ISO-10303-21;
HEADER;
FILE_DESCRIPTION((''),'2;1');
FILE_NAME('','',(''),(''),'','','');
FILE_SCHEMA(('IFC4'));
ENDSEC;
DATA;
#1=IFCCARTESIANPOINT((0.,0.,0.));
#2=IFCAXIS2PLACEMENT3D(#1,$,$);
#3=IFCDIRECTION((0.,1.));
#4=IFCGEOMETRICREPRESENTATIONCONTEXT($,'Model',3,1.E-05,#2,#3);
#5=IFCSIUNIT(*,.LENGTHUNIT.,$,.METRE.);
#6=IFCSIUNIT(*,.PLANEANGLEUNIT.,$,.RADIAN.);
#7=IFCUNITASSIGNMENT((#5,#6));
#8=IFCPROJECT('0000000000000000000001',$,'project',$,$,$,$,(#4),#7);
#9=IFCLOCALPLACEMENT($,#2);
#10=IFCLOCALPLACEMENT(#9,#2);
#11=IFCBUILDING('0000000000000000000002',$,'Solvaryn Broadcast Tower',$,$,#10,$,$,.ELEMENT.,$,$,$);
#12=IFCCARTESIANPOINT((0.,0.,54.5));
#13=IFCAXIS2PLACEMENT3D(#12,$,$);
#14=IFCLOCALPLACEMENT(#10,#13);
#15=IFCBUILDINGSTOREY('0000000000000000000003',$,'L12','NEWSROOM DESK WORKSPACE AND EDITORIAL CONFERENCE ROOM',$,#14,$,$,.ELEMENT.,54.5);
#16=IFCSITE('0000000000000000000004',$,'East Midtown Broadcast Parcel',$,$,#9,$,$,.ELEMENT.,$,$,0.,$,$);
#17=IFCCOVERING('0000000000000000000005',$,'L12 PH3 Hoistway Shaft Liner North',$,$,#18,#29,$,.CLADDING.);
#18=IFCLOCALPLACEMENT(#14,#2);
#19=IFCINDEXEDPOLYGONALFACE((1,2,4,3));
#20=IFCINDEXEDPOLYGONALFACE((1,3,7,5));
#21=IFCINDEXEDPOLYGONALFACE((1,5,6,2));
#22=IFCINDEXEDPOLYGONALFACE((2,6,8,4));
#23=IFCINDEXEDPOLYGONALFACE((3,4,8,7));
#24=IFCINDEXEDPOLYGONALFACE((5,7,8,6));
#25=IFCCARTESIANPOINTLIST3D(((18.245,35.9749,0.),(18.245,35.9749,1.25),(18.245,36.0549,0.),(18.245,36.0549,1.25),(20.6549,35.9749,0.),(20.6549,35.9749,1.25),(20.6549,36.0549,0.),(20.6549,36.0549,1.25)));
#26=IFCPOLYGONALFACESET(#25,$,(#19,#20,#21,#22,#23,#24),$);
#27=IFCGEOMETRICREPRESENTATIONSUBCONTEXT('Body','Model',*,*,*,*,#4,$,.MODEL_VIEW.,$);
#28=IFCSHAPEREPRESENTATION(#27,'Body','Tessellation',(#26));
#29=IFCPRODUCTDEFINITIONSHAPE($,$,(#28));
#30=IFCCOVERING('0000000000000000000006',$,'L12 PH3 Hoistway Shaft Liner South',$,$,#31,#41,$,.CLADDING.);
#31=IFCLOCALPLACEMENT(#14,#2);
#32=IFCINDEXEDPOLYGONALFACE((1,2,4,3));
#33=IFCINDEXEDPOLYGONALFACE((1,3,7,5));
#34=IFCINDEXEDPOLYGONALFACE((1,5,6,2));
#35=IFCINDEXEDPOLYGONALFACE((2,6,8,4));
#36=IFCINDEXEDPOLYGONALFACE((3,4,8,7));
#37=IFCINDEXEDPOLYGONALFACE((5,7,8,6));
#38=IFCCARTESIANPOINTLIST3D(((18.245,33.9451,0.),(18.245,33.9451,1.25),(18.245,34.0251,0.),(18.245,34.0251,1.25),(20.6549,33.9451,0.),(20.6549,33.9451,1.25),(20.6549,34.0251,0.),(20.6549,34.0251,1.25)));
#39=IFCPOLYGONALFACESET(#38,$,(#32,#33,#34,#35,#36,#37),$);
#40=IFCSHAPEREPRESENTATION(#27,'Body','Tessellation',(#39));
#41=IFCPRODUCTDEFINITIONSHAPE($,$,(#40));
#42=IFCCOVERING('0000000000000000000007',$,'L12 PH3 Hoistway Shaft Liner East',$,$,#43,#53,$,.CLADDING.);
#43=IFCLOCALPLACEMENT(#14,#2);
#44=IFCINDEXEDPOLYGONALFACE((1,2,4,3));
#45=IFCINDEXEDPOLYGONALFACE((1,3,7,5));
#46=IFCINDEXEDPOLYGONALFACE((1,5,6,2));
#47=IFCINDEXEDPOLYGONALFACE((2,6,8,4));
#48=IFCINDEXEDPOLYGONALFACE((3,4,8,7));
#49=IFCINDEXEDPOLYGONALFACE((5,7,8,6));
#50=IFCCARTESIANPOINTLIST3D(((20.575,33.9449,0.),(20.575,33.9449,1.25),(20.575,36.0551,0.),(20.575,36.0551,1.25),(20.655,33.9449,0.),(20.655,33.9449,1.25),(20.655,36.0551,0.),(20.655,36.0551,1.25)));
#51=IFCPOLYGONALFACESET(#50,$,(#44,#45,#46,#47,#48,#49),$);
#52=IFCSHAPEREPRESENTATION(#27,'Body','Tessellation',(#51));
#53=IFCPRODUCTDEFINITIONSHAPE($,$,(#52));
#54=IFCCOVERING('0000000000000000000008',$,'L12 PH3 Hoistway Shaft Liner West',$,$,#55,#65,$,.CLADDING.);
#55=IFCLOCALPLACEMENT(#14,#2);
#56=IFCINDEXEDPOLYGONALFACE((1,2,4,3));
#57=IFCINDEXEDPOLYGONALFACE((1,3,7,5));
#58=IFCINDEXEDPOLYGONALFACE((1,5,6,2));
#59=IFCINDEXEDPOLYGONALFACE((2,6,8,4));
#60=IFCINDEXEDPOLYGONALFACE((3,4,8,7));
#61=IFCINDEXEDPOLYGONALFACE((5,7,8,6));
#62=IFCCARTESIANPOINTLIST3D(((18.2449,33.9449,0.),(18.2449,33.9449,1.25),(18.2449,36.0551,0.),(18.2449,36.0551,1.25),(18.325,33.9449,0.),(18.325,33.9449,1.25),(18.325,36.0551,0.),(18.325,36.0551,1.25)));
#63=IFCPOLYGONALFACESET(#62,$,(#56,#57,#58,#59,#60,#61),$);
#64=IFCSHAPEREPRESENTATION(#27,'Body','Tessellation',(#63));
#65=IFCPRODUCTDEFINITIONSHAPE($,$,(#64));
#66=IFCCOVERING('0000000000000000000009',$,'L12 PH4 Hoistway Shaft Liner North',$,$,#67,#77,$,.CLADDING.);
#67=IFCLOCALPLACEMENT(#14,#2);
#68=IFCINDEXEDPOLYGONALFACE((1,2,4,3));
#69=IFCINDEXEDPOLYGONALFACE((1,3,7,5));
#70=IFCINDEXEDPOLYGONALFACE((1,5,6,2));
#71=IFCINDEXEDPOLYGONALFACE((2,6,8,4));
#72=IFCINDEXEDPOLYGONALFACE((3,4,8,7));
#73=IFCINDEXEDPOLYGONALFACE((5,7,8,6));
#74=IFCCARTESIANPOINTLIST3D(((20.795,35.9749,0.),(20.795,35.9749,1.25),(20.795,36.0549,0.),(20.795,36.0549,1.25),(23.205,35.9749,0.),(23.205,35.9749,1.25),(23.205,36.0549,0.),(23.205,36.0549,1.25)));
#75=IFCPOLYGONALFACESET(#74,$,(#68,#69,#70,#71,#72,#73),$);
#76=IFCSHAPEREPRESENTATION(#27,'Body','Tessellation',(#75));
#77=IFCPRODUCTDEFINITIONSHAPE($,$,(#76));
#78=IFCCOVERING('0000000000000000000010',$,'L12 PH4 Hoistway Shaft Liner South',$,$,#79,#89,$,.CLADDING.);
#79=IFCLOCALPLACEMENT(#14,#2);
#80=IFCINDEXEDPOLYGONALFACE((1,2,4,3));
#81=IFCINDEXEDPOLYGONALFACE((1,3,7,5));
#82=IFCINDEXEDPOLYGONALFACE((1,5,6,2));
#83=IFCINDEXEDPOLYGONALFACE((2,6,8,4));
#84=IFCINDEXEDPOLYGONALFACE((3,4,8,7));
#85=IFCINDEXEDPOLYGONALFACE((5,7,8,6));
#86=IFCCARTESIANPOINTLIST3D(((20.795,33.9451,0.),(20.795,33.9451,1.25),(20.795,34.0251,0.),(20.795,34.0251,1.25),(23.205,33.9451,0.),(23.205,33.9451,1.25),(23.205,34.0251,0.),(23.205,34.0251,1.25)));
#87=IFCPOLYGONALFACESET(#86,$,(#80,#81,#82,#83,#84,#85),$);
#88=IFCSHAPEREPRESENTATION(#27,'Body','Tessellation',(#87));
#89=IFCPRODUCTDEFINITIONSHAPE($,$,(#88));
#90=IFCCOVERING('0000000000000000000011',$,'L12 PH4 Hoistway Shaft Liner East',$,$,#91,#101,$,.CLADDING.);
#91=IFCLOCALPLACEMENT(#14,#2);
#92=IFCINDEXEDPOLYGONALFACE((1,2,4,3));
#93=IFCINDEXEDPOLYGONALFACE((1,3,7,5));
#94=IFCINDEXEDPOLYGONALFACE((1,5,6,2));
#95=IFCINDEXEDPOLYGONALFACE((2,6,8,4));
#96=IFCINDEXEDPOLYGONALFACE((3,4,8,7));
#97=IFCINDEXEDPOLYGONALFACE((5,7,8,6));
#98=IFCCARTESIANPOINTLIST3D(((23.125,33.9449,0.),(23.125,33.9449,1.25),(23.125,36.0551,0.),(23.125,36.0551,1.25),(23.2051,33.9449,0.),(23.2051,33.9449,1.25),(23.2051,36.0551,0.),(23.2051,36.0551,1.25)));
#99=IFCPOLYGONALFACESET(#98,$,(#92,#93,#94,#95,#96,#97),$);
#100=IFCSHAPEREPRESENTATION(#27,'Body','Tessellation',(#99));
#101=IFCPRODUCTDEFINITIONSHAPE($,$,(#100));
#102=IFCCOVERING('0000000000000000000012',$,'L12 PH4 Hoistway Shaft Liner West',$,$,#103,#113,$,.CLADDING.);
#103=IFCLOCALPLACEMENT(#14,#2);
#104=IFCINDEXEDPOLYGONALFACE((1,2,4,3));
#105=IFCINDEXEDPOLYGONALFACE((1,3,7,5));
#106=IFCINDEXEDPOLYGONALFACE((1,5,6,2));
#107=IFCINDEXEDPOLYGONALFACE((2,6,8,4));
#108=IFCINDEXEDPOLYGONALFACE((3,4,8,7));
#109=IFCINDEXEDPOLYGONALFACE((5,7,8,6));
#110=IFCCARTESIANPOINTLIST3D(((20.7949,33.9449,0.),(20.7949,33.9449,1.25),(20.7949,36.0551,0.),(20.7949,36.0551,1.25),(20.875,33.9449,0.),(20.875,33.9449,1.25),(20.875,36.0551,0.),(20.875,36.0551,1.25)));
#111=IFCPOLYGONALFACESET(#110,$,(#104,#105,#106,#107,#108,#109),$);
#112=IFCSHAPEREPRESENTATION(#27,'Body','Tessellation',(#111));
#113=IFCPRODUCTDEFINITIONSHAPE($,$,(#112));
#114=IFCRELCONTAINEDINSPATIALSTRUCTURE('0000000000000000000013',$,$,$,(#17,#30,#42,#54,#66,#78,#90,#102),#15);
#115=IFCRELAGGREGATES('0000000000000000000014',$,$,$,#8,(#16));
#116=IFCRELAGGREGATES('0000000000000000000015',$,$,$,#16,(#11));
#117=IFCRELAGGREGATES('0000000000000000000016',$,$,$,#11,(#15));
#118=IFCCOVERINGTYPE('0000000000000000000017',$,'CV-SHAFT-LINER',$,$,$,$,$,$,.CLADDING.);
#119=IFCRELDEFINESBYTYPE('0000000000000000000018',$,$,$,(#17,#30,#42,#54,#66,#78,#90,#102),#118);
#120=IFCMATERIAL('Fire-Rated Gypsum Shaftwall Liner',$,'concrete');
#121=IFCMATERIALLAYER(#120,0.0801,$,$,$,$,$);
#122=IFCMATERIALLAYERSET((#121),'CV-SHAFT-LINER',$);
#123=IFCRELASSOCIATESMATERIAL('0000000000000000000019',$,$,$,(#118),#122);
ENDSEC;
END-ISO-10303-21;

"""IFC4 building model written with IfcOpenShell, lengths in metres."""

from ifc_helpers import new_model, si_unit, direction, frame, origin, origin_2d, place, context, subcontext, project, spatial, rectangle, extrude, material, layer, layer_set, type_object, element, save


model = new_model("IFC4")

# Units and contexts
model_context = context("Model", 3, precision=1e-05, world=origin(), true_north=direction((0.0, 1.0)))
body_context = subcontext(model_context, "Body", "Model", "MODEL_VIEW")
ifc_project = project(units=[si_unit("LENGTHUNIT", "METRE"), si_unit("PLANEANGLEUNIT", "RADIAN")], contexts=[model_context])

# Site, building, storey
site_placement = place(None, origin())
site = spatial("IfcSite", under=ifc_project, at=site_placement, Name="East Midtown Broadcast Parcel", CompositionType="ELEMENT", RefElevation=0.0)
building_placement = place(site_placement, origin())
building = spatial("IfcBuilding", under=site, at=building_placement, Name="Solvaryn Broadcast Tower", CompositionType="ELEMENT")
storey_placement = place(building_placement, frame((0.0, 0.0, 54.5)))
storey = spatial("IfcBuildingStorey", under=building, at=storey_placement, Name="L12", Description="NEWSROOM DESK WORKSPACE AND EDITORIAL CONFERENCE ROOM", CompositionType="ELEMENT", Elevation=54.5)

# Coverings
ifc_material_1 = material(Name="Fire-Rated Gypsum Shaftwall Liner", Category="concrete")
ifc_layer_1 = layer(ifc_material_1, 0.0801)
ifc_layer_set_1 = layer_set([ifc_layer_1], Name="CV-SHAFT-LINER")
covering_type = type_object("IfcCoveringType", Name="CV-SHAFT-LINER", PredefinedType="CLADDING", material=ifc_layer_set_1)
for number, where, z_axis, x_axis, name in (
    (1, (19.45, 36.0149, 0.0), (0.0, 0.0, 1.0), (1.0, 0.0, 0.0), "L12 PH3 Hoistway Shaft Liner North"),
    (2, (19.45, 33.9851, 0.0), (0.0, 0.0, 1.0), (1.0, 0.0, 0.0), "L12 PH3 Hoistway Shaft Liner South"),
):
    element("IfcCovering", number, at=place(storey_placement, frame(where, z_axis=z_axis, x_axis=x_axis)), inside=storey, type_object=covering_type, Name=name, PredefinedType="CLADDING", context=body_context, shape_type="SweptSolid", body=[
        extrude(rectangle(XDim=2.4099, YDim=0.0801, at=origin_2d()), origin(), (0.0, 0.0, 1.0), 1.25),
    ])
for number, where, z_axis, x_axis, name in (
    (3, (20.615, 35.0, 0.0), (0.0, 0.0, 1.0), (1.0, 0.0, 0.0), "L12 PH3 Hoistway Shaft Liner East"),
    (4, (18.2849, 35.0, 0.0), (0.0, 0.0, 1.0), (1.0, 0.0, 0.0), "L12 PH3 Hoistway Shaft Liner West"),
):
    element("IfcCovering", number, at=place(storey_placement, frame(where, z_axis=z_axis, x_axis=x_axis)), inside=storey, type_object=covering_type, Name=name, PredefinedType="CLADDING", context=body_context, shape_type="SweptSolid", body=[
        extrude(rectangle(XDim=0.0801, YDim=2.1101, at=origin_2d()), origin(), (0.0, 0.0, 1.0), 1.25),
    ])
for number, where, z_axis, x_axis, name in (
    (5, (22.0, 36.0149, 0.0), (0.0, 0.0, 1.0), (1.0, 0.0, 0.0), "L12 PH4 Hoistway Shaft Liner North"),
    (6, (22.0, 33.9851, 0.0), (0.0, 0.0, 1.0), (1.0, 0.0, 0.0), "L12 PH4 Hoistway Shaft Liner South"),
):
    element("IfcCovering", number, at=place(storey_placement, frame(where, z_axis=z_axis, x_axis=x_axis)), inside=storey, type_object=covering_type, Name=name, PredefinedType="CLADDING", context=body_context, shape_type="SweptSolid", body=[
        extrude(rectangle(XDim=2.4099, YDim=0.0801, at=origin_2d()), origin(), (0.0, 0.0, 1.0), 1.25),
    ])
for number, where, z_axis, x_axis, name in (
    (7, (23.165, 35.0, 0.0), (0.0, 0.0, 1.0), (1.0, 0.0, 0.0), "L12 PH4 Hoistway Shaft Liner East"),
    (8, (20.835, 35.0, 0.0), (0.0, 0.0, 1.0), (1.0, 0.0, 0.0), "L12 PH4 Hoistway Shaft Liner West"),
):
    element("IfcCovering", number, at=place(storey_placement, frame(where, z_axis=z_axis, x_axis=x_axis)), inside=storey, type_object=covering_type, Name=name, PredefinedType="CLADDING", context=body_context, shape_type="SweptSolid", body=[
        extrude(rectangle(XDim=0.0801, YDim=2.1101, at=origin_2d()), origin(), (0.0, 0.0, 1.0), 1.25),
    ])

save(model, "model.ifc")
